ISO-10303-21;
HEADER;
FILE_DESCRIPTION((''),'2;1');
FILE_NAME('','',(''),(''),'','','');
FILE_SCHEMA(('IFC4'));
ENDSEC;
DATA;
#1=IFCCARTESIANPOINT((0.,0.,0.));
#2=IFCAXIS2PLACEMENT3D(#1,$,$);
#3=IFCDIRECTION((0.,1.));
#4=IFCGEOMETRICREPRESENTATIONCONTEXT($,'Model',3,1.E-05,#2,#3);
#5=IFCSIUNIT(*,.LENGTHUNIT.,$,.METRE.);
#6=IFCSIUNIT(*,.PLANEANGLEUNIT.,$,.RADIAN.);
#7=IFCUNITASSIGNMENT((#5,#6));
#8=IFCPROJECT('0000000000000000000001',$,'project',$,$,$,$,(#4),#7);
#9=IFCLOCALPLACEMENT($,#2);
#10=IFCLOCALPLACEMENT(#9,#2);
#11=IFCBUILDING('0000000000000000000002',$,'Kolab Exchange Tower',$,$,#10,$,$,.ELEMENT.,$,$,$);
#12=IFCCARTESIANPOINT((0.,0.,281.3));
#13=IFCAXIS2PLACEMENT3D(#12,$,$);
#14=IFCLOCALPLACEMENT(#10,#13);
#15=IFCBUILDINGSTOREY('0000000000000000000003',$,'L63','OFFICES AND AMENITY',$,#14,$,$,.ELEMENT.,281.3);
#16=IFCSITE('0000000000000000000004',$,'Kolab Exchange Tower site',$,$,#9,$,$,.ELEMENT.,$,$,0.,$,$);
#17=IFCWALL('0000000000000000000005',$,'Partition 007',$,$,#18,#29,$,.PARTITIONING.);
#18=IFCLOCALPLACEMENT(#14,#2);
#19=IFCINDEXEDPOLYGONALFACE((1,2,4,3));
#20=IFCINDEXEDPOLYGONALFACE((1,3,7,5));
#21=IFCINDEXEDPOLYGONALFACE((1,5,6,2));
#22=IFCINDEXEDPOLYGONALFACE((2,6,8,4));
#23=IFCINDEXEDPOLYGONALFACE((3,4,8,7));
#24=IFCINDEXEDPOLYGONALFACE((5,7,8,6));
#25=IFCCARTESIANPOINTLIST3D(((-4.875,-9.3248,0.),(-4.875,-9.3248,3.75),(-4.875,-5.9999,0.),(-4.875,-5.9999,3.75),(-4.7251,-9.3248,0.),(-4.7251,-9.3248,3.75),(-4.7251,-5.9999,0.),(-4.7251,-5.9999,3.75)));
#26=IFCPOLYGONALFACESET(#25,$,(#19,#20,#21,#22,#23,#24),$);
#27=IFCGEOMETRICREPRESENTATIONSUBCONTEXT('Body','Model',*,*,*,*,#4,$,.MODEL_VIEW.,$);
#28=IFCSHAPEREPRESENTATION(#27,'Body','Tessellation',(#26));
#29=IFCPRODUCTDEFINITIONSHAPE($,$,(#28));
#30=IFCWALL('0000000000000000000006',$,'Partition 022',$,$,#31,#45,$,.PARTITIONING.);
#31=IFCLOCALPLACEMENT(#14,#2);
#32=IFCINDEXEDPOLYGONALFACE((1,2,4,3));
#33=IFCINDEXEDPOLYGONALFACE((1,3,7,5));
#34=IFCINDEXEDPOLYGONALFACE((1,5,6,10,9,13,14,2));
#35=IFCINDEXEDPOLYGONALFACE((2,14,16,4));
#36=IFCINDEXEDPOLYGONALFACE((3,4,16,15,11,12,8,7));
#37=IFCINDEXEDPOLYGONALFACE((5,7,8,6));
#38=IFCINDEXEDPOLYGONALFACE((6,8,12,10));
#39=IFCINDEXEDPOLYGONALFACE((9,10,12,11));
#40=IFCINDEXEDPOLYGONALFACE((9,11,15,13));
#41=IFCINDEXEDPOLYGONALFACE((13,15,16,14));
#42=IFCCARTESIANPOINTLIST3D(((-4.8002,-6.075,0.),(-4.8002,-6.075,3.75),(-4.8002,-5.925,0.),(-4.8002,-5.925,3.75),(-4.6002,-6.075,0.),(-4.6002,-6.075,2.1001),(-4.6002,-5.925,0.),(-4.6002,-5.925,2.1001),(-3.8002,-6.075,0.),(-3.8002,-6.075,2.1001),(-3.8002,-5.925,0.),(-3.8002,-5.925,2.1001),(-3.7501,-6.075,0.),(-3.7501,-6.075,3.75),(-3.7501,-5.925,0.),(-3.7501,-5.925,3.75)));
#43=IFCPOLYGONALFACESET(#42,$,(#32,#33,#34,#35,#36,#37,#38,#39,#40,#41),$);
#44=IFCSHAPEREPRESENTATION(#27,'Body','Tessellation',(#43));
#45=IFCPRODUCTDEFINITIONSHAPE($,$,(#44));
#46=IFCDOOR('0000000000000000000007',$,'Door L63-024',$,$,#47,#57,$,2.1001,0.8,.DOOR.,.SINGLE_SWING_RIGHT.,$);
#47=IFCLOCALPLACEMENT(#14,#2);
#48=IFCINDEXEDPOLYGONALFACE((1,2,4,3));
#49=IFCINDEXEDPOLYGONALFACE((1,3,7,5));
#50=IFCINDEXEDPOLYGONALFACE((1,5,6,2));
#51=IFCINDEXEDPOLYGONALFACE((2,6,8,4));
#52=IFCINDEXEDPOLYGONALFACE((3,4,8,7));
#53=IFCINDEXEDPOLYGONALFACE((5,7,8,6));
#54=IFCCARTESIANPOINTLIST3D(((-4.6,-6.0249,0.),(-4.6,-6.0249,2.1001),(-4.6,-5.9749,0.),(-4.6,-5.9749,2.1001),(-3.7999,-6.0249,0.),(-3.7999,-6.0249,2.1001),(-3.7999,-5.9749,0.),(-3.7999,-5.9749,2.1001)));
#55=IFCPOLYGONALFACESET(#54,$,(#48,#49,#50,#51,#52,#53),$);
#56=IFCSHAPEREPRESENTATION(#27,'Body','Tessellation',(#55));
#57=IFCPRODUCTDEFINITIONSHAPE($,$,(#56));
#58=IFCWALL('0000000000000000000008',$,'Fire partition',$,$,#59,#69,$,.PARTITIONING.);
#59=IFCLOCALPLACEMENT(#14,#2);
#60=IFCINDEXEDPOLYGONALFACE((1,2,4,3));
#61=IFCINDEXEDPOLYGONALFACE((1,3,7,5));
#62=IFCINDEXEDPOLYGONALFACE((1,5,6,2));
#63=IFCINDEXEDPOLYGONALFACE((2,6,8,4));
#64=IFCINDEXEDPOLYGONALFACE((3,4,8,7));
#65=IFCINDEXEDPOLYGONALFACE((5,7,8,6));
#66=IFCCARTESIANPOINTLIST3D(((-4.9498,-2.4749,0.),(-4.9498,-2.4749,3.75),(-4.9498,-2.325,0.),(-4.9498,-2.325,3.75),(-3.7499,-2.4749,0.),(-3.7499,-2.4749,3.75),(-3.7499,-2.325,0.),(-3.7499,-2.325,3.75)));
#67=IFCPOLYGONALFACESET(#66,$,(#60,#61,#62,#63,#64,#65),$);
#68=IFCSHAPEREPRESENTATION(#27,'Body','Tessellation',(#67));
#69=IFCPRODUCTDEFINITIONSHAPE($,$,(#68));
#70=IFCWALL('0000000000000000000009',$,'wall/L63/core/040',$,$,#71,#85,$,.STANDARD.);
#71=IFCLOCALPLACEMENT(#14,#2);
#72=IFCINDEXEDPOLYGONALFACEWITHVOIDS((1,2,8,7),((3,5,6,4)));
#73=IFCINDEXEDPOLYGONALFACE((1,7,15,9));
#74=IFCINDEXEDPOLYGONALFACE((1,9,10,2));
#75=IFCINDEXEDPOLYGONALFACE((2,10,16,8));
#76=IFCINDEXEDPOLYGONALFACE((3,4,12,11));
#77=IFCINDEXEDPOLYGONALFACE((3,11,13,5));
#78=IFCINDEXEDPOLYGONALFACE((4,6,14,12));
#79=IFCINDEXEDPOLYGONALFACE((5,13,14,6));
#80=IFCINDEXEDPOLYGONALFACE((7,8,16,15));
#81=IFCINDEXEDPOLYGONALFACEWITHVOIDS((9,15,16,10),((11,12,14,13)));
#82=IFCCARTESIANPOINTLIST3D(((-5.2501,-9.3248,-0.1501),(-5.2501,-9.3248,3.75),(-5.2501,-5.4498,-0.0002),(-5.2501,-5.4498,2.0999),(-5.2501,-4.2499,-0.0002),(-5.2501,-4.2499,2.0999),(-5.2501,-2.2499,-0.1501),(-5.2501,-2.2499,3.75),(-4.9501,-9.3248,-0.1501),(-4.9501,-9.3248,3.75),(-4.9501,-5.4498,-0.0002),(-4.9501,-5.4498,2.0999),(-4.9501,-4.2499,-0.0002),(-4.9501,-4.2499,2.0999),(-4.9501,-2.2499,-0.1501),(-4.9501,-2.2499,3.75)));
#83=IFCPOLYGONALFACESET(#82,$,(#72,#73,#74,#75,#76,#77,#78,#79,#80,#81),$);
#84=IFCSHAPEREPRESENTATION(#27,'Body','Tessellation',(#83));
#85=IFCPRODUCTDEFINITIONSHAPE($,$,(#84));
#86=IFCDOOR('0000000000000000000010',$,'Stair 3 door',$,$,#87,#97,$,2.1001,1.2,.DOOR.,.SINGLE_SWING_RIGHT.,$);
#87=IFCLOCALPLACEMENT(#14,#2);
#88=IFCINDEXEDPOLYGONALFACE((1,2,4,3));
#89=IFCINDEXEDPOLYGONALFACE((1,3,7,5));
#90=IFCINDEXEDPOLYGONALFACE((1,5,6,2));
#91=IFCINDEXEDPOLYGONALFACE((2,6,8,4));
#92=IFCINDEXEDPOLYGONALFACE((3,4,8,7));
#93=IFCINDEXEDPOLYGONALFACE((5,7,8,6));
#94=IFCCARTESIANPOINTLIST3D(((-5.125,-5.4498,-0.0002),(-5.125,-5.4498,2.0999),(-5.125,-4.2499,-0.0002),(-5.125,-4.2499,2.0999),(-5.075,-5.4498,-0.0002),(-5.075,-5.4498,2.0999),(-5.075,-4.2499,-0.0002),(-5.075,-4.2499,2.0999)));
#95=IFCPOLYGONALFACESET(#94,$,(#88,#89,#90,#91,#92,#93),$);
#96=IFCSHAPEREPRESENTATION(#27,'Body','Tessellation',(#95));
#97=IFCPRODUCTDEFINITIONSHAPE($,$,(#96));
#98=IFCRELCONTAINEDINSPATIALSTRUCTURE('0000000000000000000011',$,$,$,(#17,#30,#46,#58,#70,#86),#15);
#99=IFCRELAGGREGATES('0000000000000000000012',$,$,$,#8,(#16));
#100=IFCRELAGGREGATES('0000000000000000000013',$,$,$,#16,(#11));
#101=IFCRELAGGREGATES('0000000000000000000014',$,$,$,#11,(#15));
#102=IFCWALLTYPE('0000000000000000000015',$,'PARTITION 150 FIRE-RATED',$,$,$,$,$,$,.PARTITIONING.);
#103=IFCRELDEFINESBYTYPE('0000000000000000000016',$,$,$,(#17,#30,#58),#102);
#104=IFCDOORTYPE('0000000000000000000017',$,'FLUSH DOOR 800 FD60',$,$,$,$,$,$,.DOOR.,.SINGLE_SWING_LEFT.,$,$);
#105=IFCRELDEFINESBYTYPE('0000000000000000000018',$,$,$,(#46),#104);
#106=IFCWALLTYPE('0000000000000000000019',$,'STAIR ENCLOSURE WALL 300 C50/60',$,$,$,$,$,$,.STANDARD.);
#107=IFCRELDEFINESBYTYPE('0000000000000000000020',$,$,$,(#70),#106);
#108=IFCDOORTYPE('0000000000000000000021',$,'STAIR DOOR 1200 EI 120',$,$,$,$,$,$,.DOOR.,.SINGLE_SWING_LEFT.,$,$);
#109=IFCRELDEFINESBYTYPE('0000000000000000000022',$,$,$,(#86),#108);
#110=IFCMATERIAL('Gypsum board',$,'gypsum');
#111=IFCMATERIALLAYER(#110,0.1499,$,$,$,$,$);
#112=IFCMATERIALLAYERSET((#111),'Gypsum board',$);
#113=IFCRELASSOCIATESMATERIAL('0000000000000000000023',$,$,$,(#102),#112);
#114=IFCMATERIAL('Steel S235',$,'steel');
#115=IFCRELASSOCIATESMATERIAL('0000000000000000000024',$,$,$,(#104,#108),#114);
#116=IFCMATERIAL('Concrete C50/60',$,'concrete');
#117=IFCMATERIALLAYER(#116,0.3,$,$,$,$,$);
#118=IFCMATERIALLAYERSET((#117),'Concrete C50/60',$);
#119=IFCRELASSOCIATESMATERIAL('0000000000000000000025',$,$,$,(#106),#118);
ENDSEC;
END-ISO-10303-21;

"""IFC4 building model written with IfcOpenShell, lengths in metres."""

from ifc_helpers import new_model, si_unit, direction, frame, frame_2d, origin, place, context, subcontext, project, spatial, rectangle, extrude, material, layer, layer_set, type_object, element, fill, save


model = new_model("IFC4")

# Units and contexts
model_context = context("Model", 3, precision=1e-05, world=origin(), true_north=direction((0.0, 1.0)))
body_context = subcontext(model_context, "Body", "Model", "MODEL_VIEW")
ifc_project = project(units=[si_unit("LENGTHUNIT", "METRE"), si_unit("PLANEANGLEUNIT", "RADIAN")], contexts=[model_context])

# Site, building, storey
site_placement = place(None, origin())
site = spatial("IfcSite", under=ifc_project, at=site_placement, Name="Kolab Exchange Tower site", CompositionType="ELEMENT", RefElevation=0.0)
building_placement = place(site_placement, origin())
building = spatial("IfcBuilding", under=site, at=building_placement, Name="Kolab Exchange Tower", CompositionType="ELEMENT")
storey_placement = place(building_placement, frame((0.0, 0.0, 281.3)))
storey = spatial("IfcBuildingStorey", under=building, at=storey_placement, Name="L63", Description="OFFICES AND AMENITY", CompositionType="ELEMENT", Elevation=281.3)

# Shared definitions
ifc_material_1 = material(Name="Concrete C50/60", Category="concrete")

# Wall
ifc_material_2 = material(Name="Gypsum board", Category="gypsum")
ifc_layer_1 = layer(ifc_material_2, 0.1499)
ifc_layer_set_1 = layer_set([ifc_layer_1], Name="Gypsum board")
wall_type_1 = type_object("IfcWallType", Name="PARTITION 150 FIRE-RATED", PredefinedType="PARTITIONING", material=ifc_layer_set_1)
wall_1_placement = place(storey_placement, frame((-4.8, -9.325, 0.0), z_axis=(0.0, 0.0, 1.0), x_axis=(0.0, 1.0, 0.0)))
element("IfcWall", 1, at=wall_1_placement, inside=storey, type_object=wall_type_1, Name="Partition 007", PredefinedType="PARTITIONING", context=body_context, shape_type="SweptSolid", body=[
    extrude(rectangle(XDim=3.325, YDim=0.1499, at=frame_2d((1.6626, 0.0))), origin(), (0.0, 0.0, 1.0), 3.75),
])

# Wall, opening, door
wall_2_placement = place(storey_placement, frame((-4.8, -6.0, 0.0), z_axis=(0.0, 0.0, 1.0), x_axis=(1.0, 0.0, 0.0)))
wall_2 = element("IfcWall", 2, at=wall_2_placement, inside=storey, type_object=wall_type_1, Name="Partition 022", PredefinedType="PARTITIONING", context=body_context, shape_type="SweptSolid", body=[
    extrude(rectangle(XDim=1.05, YDim=0.1499, at=frame_2d((0.5249, 0.0))), origin(), (0.0, 0.0, 1.0), 3.75),
])
opening_1_placement = place(wall_2_placement, frame((0.2, 0.0, 0.0)))
opening_1 = element("IfcOpeningElement", 3, at=opening_1_placement, cuts=wall_2, PredefinedType="OPENING", context=body_context, shape_type="SweptSolid", body=[
    extrude(rectangle(XDim=0.8, YDim=2.1001, at=frame_2d((0.3999, 1.05))), frame((0.0, 0.085, 0.0), z_axis=(0.0, -1.0, 0.0), x_axis=(1.0, 0.0, 0.0)), (0.0, 0.0, 1.0), 0.1699),
])
ifc_material_3 = material(Name="Steel S235", Category="steel")
door_type_1 = type_object("IfcDoorType", Name="FLUSH DOOR 800 FD60", OperationType="SINGLE_SWING_LEFT", PredefinedType="DOOR", material=ifc_material_3)
door_1_placement = place(opening_1_placement, frame((0.8, 0.0, 0.0), z_axis=(0.0, 0.0, 1.0), x_axis=(-1.0, 0.0, 0.0)))
door_1 = element("IfcDoor", 4, at=door_1_placement, inside=storey, type_object=door_type_1, Name="Door L63-024", OperationType="SINGLE_SWING_RIGHT", OverallHeight=2.1001, OverallWidth=0.8, PredefinedType="DOOR", context=body_context, shape_type="SweptSolid", body=[
    extrude(rectangle(XDim=0.8, YDim=2.1001, at=frame_2d((0.3999, 1.05))), frame((0.0, 0.0249, 0.0), z_axis=(0.0, -1.0, 0.0), x_axis=(1.0, 0.0, 0.0)), (0.0, 0.0, 1.0), 0.05),
])
fill(opening_1, door_1)

# Wall
wall_3_placement = place(storey_placement, frame((-4.95, -2.3999, 0.0), z_axis=(0.0, 0.0, 1.0), x_axis=(1.0, 0.0, 0.0)))
element("IfcWall", 5, at=wall_3_placement, inside=storey, type_object=wall_type_1, Name="Fire partition", PredefinedType="PARTITIONING", context=body_context, shape_type="SweptSolid", body=[
    extrude(rectangle(XDim=1.2, YDim=0.1499, at=frame_2d((0.6001, 0.0))), origin(), (0.0, 0.0, 1.0), 3.75),
])

# Wall, opening, door
ifc_layer_2 = layer(ifc_material_1, 0.3)
ifc_layer_set_2 = layer_set([ifc_layer_2], Name="Concrete C50/60")
wall_type_2 = type_object("IfcWallType", Name="STAIR ENCLOSURE WALL 300 C50/60", PredefinedType="STANDARD", material=ifc_layer_set_2)
wall_4_placement = place(storey_placement, frame((-5.1001, -9.325, -0.1501), z_axis=(0.0, 0.0, 1.0), x_axis=(0.0, 1.0, 0.0)))
wall_4 = element("IfcWall", 6, at=wall_4_placement, inside=storey, type_object=wall_type_2, Name="wall/L63/core/040", PredefinedType="STANDARD", context=body_context, shape_type="SweptSolid", body=[
    extrude(rectangle(XDim=7.075, YDim=0.3, at=frame_2d((3.5376, 0.0))), origin(), (0.0, 0.0, 1.0), 3.9001),
])
opening_2_placement = place(wall_4_placement, frame((3.875, 0.0, 0.1499)))
opening_2 = element("IfcOpeningElement", 7, at=opening_2_placement, cuts=wall_4, PredefinedType="OPENING", context=body_context, shape_type="SweptSolid", body=[
    extrude(rectangle(XDim=1.2, YDim=2.1001, at=frame_2d((0.6001, 1.05))), frame((0.0, 0.1602, 0.0), z_axis=(0.0, -1.0, 0.0), x_axis=(1.0, 0.0, 0.0)), (0.0, 0.0, 1.0), 0.3201),
])
door_type_2 = type_object("IfcDoorType", Name="STAIR DOOR 1200 EI 120", OperationType="SINGLE_SWING_LEFT", PredefinedType="DOOR", material=ifc_material_3)
door_2_placement = place(opening_2_placement, origin())
door_2 = element("IfcDoor", 8, at=door_2_placement, inside=storey, type_object=door_type_2, Name="Stair 3 door", OperationType="SINGLE_SWING_RIGHT", OverallHeight=2.1001, OverallWidth=1.2, PredefinedType="DOOR", context=body_context, shape_type="SweptSolid", body=[
    extrude(rectangle(XDim=1.2, YDim=2.1001, at=frame_2d((0.6001, 1.05))), frame((0.0, 0.0249, 0.0), z_axis=(0.0, -1.0, 0.0), x_axis=(1.0, 0.0, 0.0)), (0.0, 0.0, 1.0), 0.05),
])
fill(opening_2, door_2)

save(model, "model.ifc")
